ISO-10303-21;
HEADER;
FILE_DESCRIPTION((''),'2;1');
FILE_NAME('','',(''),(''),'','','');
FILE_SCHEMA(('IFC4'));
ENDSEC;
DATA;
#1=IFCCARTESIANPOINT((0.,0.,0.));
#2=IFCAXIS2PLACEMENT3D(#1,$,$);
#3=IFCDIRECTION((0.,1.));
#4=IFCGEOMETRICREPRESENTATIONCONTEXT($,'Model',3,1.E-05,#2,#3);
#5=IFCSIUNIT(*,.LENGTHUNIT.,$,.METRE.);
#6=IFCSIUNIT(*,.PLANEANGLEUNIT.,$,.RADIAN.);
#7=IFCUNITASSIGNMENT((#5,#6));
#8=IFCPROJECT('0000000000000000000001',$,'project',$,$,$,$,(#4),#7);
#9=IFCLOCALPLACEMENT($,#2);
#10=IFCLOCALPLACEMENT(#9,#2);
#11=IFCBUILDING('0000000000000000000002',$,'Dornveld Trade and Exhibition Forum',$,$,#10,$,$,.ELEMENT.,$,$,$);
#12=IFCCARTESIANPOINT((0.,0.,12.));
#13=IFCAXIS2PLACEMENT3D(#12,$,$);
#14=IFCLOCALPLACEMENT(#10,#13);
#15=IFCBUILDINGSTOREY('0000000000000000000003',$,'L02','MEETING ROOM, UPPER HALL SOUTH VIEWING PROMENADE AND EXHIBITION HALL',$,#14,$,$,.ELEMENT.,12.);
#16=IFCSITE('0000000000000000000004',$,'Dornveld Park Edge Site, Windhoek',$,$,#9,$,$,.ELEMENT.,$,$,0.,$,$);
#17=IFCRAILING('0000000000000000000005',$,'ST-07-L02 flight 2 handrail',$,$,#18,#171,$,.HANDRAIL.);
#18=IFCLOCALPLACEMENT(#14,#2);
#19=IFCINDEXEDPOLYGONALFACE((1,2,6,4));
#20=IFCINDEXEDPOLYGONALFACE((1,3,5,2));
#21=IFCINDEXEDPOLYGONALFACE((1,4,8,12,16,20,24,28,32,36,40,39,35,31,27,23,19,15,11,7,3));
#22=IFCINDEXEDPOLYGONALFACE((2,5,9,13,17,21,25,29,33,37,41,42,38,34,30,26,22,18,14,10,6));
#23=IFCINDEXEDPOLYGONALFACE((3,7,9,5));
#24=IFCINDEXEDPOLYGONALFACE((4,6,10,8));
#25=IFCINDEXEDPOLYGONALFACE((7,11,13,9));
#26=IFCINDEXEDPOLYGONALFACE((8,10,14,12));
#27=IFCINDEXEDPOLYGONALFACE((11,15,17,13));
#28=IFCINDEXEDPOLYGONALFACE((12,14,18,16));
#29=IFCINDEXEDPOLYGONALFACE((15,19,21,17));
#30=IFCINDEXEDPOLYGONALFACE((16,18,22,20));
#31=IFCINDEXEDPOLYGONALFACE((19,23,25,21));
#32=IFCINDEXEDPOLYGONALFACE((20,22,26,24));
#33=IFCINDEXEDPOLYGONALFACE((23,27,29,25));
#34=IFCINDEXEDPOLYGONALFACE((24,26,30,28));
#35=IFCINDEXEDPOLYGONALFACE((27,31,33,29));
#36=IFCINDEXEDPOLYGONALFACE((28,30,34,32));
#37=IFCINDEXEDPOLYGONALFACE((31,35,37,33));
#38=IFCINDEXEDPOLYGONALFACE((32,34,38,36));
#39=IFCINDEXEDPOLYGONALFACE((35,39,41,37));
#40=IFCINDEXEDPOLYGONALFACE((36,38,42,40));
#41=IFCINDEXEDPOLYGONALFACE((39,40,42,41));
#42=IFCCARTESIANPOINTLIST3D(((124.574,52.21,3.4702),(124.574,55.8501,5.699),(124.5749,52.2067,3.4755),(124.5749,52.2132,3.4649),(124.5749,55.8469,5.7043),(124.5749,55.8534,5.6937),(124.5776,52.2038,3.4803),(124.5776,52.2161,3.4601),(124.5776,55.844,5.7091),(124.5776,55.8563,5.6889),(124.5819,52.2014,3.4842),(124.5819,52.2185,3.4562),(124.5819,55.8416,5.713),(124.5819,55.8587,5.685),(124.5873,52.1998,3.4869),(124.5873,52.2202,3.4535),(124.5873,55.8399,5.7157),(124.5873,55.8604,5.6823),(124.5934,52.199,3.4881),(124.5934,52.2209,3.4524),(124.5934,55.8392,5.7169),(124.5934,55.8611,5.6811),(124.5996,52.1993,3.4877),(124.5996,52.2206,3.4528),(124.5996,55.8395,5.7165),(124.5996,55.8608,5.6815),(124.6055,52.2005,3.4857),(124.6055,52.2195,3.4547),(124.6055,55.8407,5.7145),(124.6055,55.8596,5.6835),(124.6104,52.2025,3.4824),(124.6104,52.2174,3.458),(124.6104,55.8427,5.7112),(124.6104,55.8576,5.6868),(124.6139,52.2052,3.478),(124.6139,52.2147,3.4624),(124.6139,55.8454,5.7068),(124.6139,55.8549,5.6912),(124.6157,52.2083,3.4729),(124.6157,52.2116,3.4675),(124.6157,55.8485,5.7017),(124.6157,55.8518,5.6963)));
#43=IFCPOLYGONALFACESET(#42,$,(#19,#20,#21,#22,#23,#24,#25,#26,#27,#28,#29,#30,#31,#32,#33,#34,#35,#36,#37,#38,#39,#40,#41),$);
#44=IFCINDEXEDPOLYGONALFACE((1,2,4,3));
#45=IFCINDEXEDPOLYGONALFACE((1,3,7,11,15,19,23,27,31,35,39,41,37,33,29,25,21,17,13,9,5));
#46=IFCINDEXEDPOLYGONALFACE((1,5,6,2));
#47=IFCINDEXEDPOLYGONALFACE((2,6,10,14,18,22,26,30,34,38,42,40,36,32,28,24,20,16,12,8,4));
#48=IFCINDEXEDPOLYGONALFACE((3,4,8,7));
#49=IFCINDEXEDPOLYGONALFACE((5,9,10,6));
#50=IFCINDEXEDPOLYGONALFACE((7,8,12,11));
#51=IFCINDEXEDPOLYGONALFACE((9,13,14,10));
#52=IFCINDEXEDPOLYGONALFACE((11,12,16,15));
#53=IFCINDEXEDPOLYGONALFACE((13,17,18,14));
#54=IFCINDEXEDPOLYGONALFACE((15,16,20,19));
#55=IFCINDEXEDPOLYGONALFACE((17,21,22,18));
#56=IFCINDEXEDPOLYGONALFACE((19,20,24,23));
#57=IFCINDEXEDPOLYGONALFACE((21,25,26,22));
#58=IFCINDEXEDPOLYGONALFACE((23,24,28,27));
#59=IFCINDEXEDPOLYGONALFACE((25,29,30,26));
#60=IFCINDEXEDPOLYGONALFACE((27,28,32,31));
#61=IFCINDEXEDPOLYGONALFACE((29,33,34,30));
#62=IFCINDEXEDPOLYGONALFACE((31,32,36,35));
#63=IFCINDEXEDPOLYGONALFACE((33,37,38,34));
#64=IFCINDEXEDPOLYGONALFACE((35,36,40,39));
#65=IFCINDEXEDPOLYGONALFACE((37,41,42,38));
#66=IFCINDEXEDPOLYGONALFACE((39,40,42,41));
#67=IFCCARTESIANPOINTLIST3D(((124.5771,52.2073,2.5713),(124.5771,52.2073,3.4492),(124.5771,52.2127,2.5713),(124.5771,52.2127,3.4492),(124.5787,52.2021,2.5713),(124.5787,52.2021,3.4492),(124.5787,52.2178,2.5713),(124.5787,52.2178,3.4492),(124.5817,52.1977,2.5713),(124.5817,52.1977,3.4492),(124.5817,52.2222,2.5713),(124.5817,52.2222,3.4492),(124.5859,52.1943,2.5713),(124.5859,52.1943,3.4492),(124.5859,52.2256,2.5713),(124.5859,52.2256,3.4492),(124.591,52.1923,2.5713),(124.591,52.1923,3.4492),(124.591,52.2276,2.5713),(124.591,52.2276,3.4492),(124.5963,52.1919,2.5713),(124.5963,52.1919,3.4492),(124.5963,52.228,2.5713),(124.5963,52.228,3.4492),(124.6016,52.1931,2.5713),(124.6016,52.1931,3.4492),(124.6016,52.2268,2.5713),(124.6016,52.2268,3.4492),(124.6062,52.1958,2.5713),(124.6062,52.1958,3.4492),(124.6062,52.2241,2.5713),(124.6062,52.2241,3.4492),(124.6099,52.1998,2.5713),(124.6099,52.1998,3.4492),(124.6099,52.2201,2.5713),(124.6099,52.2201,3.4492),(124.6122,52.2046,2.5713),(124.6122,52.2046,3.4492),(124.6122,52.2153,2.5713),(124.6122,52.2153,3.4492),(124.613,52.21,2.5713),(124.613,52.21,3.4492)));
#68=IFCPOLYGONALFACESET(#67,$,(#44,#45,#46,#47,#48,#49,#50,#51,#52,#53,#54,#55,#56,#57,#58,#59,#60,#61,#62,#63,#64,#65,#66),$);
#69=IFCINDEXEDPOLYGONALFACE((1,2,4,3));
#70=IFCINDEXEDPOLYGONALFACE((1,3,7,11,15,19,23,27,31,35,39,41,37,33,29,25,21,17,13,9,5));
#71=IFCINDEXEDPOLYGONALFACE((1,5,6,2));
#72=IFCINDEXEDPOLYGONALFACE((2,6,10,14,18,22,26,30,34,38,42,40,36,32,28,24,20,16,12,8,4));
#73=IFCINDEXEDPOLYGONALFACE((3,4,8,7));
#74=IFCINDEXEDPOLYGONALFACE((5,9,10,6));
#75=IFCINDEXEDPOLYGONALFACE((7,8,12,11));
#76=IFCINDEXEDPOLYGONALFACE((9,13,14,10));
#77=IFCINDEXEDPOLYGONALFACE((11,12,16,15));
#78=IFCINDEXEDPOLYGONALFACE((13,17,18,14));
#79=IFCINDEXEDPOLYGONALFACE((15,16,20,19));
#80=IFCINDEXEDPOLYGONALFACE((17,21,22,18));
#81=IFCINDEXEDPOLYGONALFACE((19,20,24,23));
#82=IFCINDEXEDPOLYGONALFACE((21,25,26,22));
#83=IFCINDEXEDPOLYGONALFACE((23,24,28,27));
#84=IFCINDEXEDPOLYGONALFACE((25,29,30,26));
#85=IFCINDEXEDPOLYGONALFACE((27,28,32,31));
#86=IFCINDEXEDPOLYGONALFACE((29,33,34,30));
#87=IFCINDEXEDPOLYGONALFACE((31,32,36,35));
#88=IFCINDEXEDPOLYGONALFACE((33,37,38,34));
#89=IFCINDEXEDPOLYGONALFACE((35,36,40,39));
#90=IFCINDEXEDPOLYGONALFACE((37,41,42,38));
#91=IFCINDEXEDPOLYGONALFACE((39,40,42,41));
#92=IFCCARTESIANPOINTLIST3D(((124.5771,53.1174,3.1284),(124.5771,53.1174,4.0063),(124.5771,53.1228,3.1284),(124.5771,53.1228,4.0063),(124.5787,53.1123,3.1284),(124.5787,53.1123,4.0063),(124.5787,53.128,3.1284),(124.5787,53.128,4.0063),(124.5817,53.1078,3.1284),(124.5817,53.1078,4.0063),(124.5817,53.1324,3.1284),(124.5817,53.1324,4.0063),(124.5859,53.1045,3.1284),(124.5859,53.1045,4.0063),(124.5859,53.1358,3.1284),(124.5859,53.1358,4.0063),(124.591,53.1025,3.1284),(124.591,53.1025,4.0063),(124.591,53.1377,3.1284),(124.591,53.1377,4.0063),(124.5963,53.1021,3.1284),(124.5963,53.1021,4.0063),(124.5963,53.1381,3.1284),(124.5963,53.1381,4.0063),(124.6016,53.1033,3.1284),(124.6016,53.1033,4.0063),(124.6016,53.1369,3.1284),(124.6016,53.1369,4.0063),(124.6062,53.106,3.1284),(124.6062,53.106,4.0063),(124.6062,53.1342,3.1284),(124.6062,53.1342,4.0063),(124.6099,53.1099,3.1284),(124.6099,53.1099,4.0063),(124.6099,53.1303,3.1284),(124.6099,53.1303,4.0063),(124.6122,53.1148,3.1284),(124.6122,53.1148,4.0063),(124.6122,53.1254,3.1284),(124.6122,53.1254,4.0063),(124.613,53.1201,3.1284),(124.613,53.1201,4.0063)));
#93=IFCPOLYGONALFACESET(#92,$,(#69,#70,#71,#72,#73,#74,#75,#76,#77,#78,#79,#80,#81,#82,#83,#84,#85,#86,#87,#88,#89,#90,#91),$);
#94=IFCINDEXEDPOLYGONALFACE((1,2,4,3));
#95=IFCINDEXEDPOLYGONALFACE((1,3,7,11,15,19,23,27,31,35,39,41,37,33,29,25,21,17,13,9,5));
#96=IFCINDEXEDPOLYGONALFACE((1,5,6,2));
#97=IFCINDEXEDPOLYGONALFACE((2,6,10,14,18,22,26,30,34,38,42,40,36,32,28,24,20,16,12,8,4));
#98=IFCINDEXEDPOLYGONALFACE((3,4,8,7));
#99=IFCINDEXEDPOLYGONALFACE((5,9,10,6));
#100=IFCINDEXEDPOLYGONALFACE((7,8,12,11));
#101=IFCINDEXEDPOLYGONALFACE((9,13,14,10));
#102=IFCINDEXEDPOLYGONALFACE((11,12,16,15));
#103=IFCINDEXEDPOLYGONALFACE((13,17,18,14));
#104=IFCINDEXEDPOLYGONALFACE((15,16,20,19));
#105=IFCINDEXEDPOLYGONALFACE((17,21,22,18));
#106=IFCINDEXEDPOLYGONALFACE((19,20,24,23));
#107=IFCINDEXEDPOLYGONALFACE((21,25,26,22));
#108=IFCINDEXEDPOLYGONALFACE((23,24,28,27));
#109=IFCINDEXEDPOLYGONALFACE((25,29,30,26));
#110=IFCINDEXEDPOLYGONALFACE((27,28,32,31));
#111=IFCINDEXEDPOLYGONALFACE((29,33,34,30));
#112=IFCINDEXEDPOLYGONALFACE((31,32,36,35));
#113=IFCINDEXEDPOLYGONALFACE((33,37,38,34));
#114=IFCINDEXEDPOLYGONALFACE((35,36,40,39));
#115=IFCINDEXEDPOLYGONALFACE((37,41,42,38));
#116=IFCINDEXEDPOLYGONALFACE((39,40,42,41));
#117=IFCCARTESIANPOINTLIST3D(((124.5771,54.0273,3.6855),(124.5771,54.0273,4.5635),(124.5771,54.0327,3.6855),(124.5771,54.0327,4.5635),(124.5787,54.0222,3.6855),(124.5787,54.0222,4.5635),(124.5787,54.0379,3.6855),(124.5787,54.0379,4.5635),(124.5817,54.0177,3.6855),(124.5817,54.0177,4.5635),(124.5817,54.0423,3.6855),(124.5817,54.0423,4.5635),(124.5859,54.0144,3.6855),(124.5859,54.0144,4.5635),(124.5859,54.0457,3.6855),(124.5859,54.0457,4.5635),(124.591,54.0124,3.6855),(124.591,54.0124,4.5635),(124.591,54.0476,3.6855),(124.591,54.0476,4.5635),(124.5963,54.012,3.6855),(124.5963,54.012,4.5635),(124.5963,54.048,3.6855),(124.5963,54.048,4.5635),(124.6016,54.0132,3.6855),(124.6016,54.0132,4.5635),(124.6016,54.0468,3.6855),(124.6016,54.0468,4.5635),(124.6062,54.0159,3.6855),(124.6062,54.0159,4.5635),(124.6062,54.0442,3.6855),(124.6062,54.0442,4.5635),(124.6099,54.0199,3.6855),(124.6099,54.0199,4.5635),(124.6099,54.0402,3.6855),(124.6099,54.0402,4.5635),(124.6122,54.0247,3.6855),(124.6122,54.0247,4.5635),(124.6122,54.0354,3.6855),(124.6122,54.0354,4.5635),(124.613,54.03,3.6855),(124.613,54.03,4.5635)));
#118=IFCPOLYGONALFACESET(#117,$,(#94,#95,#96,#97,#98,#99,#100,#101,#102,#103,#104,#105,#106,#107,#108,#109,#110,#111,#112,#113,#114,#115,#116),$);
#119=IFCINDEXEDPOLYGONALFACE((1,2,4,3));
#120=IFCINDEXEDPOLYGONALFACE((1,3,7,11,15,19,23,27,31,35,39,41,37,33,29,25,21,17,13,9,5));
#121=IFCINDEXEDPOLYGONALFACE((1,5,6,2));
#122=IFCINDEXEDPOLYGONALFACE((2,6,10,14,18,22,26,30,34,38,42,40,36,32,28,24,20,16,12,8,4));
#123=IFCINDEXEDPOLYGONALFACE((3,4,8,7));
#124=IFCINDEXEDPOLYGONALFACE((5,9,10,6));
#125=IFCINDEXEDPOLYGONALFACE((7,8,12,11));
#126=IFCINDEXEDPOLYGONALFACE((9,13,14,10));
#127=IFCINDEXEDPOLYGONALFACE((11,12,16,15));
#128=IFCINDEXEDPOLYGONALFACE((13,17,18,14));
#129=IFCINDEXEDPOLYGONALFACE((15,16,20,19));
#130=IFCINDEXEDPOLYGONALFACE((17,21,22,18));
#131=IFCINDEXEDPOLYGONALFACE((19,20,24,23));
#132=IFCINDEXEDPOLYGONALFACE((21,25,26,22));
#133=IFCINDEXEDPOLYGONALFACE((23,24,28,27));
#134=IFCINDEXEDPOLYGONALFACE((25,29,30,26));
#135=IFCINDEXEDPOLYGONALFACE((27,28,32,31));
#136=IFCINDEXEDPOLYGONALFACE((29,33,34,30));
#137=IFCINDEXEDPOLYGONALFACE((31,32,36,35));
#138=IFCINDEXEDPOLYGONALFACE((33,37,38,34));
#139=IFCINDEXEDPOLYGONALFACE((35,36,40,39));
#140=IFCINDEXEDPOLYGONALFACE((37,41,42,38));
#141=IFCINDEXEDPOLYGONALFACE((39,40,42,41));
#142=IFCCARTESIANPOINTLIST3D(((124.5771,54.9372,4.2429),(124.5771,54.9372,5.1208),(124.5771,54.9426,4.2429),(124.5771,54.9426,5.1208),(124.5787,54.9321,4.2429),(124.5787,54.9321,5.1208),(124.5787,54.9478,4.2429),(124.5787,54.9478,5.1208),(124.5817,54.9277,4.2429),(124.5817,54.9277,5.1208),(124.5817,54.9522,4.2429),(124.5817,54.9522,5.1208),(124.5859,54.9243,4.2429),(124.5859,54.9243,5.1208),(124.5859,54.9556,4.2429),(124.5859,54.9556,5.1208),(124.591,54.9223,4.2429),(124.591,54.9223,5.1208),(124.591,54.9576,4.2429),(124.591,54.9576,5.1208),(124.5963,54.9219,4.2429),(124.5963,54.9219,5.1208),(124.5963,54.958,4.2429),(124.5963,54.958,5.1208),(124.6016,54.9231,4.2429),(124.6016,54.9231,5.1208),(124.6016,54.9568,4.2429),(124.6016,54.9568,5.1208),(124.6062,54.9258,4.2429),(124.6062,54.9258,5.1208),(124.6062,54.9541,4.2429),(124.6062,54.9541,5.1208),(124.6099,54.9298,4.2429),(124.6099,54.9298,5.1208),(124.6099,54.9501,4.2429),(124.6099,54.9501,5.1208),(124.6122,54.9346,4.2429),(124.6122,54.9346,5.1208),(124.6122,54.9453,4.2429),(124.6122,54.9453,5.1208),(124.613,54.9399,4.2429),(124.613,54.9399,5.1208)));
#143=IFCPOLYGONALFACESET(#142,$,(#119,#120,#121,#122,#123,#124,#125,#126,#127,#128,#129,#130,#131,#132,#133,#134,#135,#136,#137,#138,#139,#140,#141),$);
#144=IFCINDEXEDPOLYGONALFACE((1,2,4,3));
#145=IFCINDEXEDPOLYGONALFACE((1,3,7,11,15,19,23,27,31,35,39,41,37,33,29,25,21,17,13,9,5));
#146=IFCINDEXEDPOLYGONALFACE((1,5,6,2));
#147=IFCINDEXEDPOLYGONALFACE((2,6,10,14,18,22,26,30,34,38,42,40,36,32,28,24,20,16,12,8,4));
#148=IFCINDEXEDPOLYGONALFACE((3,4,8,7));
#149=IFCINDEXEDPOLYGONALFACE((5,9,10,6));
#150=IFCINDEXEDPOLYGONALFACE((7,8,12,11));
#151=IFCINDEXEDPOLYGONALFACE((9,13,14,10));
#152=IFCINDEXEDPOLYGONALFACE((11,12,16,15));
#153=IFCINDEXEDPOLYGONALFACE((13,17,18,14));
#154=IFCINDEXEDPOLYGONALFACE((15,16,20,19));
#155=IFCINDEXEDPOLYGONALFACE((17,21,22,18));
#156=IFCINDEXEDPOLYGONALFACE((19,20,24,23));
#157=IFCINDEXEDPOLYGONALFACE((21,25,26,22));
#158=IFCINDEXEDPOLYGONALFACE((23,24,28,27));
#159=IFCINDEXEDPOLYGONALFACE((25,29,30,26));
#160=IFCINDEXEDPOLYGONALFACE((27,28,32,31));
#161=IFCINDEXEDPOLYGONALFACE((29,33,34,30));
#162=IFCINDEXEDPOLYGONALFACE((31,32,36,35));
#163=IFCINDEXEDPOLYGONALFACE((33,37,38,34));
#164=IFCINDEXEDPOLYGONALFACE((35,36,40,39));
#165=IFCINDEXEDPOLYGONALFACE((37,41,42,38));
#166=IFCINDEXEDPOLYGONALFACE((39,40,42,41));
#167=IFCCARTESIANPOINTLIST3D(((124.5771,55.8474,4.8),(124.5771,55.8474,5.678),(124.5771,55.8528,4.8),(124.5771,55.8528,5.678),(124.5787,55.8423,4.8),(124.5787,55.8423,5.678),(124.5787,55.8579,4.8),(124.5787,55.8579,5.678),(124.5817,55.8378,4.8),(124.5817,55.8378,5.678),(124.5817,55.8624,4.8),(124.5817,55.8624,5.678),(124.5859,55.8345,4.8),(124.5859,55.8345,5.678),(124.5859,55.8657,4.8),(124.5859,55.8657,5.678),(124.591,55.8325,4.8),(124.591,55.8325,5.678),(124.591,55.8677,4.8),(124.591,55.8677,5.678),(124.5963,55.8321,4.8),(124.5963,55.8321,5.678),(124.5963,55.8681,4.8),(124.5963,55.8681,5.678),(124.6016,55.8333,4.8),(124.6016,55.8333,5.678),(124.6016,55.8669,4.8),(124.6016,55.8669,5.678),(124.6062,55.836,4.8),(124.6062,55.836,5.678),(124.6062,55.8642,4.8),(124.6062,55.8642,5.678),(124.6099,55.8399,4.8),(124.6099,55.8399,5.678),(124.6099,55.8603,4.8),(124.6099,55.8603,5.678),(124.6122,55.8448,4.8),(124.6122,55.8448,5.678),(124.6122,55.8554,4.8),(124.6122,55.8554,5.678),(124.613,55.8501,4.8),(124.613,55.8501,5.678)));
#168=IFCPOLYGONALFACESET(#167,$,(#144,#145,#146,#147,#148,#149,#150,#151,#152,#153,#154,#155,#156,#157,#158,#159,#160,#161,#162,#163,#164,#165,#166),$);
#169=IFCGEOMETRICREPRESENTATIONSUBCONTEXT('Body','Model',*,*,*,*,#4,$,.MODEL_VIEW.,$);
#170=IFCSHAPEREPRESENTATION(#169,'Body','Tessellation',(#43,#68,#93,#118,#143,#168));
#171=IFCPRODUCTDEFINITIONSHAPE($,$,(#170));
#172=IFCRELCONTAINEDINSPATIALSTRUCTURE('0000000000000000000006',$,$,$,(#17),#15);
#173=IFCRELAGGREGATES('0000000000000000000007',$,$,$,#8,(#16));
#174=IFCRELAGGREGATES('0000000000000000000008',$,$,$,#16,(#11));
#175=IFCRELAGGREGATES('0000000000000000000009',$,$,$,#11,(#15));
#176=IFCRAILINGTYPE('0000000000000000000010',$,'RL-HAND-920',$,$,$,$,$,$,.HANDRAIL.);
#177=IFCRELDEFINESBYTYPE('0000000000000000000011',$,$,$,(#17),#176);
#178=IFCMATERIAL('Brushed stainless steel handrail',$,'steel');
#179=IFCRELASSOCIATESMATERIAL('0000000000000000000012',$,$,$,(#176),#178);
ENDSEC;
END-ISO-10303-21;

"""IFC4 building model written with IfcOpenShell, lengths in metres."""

from ifc_helpers import new_model, si_unit, direction, frame, origin, origin_2d, place, context, subcontext, project, spatial, circle, extrude, material, type_object, element, save


model = new_model("IFC4")

# Units and contexts
model_context = context("Model", 3, precision=1e-05, world=origin(), true_north=direction((0.0, 1.0)))
body_context = subcontext(model_context, "Body", "Model", "MODEL_VIEW")
ifc_project = project(units=[si_unit("LENGTHUNIT", "METRE"), si_unit("PLANEANGLEUNIT", "RADIAN")], contexts=[model_context])

# Site, building, storey
site_placement = place(None, origin())
site = spatial("IfcSite", under=ifc_project, at=site_placement, Name="Dornveld Park Edge Site, Windhoek", CompositionType="ELEMENT", RefElevation=0.0)
building_placement = place(site_placement, origin())
building = spatial("IfcBuilding", under=site, at=building_placement, Name="Dornveld Trade and Exhibition Forum", CompositionType="ELEMENT")
storey_placement = place(building_placement, frame((0.0, 0.0, 12.0)))
storey = spatial("IfcBuildingStorey", under=building, at=storey_placement, Name="L02", Description="MEETING ROOM, UPPER HALL SOUTH VIEWING PROMENADE AND EXHIBITION HALL", CompositionType="ELEMENT", Elevation=12.0)

# Railing
ifc_material_1 = material(Name="Brushed stainless steel handrail", Category="steel")
railing_type_1 = type_object("IfcRailingType", Name="RL-HAND-920", PredefinedType="HANDRAIL", material=ifc_material_1)
railing_1_placement = place(storey_placement, frame((124.595, 52.21, 2.5713)))
element("IfcRailing", 1, at=railing_1_placement, inside=storey, type_object=railing_type_1, Name="ST-07-L02 flight 2 handrail", PredefinedType="HANDRAIL", context=body_context, shape_type="SweptSolid", body=[
    extrude(circle(Radius=0.021, at=origin_2d()), frame((0.0, 0.0, 0.8989), z_axis=(0.0, 0.85284, 0.522172), x_axis=(-1.0, 0.0, 0.0)), (0.0, 0.0, 1.0), 4.2683),
    extrude(circle(Radius=0.0181, at=origin_2d()), origin(), (0.0, 0.0, 1.0), 0.8779),
    extrude(circle(Radius=0.0181, at=origin_2d()), frame((0.0, 0.9102, 0.5571)), (0.0, 0.0, 1.0), 0.8779),
    extrude(circle(Radius=0.0181, at=origin_2d()), frame((0.0, 1.8201, 1.1143)), (0.0, 0.0, 1.0), 0.8779),
    extrude(circle(Radius=0.0181, at=origin_2d()), frame((0.0, 2.73, 1.6716)), (0.0, 0.0, 1.0), 0.8779),
    extrude(circle(Radius=0.0181, at=origin_2d()), frame((0.0, 3.6401, 2.2288)), (0.0, 0.0, 1.0), 0.8779),
])

save(model, "model.ifc")
